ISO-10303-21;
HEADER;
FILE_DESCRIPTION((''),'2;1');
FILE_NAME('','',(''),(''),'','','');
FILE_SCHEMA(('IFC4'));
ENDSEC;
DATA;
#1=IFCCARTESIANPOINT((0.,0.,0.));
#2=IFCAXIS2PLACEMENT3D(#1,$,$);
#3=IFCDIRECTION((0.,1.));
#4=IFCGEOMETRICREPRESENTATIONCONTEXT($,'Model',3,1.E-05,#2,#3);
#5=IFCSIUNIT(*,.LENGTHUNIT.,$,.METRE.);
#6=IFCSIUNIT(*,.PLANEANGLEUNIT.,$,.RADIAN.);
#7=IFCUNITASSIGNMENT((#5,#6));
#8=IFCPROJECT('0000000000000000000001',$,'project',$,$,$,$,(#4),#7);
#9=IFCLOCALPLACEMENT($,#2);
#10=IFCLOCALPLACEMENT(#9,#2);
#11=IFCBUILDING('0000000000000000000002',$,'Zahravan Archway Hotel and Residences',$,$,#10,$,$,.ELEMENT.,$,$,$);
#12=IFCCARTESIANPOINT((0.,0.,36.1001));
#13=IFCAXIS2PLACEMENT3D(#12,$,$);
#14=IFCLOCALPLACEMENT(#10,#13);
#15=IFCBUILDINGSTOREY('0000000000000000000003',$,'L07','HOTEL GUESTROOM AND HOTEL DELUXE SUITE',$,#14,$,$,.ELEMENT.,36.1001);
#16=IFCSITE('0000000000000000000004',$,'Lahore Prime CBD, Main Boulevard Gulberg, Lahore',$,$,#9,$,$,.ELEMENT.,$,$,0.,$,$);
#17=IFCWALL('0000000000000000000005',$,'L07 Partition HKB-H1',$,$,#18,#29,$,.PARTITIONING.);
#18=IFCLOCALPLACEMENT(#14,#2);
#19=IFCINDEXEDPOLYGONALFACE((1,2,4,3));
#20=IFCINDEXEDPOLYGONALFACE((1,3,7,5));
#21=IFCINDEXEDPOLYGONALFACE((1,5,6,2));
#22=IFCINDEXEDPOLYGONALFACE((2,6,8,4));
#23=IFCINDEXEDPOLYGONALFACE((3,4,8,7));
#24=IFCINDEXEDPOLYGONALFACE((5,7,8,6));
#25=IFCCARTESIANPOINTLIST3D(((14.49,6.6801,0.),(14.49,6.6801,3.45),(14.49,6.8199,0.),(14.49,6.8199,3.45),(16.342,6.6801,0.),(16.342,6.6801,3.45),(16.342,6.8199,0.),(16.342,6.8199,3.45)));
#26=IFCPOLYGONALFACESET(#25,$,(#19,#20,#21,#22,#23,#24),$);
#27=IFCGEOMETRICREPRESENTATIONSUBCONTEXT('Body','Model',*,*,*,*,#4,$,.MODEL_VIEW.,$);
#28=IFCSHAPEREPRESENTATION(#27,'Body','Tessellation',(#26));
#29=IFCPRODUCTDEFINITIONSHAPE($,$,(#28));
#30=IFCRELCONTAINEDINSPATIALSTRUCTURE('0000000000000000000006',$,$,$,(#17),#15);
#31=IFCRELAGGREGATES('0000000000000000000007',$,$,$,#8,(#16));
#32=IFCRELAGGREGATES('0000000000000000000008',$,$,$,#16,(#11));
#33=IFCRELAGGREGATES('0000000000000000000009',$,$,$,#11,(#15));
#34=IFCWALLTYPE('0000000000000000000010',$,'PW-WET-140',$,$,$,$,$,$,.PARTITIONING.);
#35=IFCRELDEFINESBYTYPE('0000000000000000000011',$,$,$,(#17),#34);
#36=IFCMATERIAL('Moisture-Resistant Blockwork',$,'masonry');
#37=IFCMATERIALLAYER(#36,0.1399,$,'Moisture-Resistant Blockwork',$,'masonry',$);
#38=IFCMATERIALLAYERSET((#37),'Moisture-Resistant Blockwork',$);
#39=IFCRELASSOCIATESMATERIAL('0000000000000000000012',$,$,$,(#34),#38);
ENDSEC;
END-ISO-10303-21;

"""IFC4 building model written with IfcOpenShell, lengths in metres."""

from ifc_helpers import new_model, si_unit, direction, frame, frame_2d, origin, place, context, subcontext, project, spatial, rectangle, extrude, material, layer, layer_set, type_object, element, save


model = new_model("IFC4")

# Units and contexts
model_context = context("Model", 3, precision=1e-05, world=origin(), true_north=direction((0.0, 1.0)))
body_context = subcontext(model_context, "Body", "Model", "MODEL_VIEW")
ifc_project = project(units=[si_unit("LENGTHUNIT", "METRE"), si_unit("PLANEANGLEUNIT", "RADIAN")], contexts=[model_context])

# Site, building, storey
site_placement = place(None, origin())
site = spatial("IfcSite", under=ifc_project, at=site_placement, Name="Lahore Prime CBD, Main Boulevard Gulberg, Lahore", CompositionType="ELEMENT", RefElevation=0.0)
building_placement = place(site_placement, origin())
building = spatial("IfcBuilding", under=site, at=building_placement, Name="Zahravan Archway Hotel and Residences", CompositionType="ELEMENT")
storey_placement = place(building_placement, frame((0.0, 0.0, 36.1001)))
storey = spatial("IfcBuildingStorey", under=building, at=storey_placement, Name="L07", Description="HOTEL GUESTROOM AND HOTEL DELUXE SUITE", CompositionType="ELEMENT", Elevation=36.1001)

# Shared definitions
ifc_material_1 = material(Name="Moisture-Resistant Blockwork", Category="masonry")
ifc_layer_1 = layer(ifc_material_1, 0.1399, Name="Moisture-Resistant Blockwork", Category="masonry")
ifc_layer_set_1 = layer_set([ifc_layer_1], Name="Moisture-Resistant Blockwork")
wall_type_1 = type_object("IfcWallType", Name="PW-WET-140", PredefinedType="PARTITIONING", material=ifc_layer_set_1)

# Wall
wall_1_placement = place(storey_placement, frame((14.49, 6.75, 0.0), z_axis=(0.0, 0.0, 1.0), x_axis=(1.0, 0.0, 0.0)))
element("IfcWall", 1, at=wall_1_placement, inside=storey, type_object=wall_type_1, Name="L07 Partition HKB-H1", PredefinedType="PARTITIONING", context=body_context, shape_type="SweptSolid", body=[
    extrude(rectangle(XDim=1.8521, YDim=0.1399, at=frame_2d((0.926, 0.0))), origin(), (0.0, 0.0, 1.0), 3.45),
])

save(model, "model.ifc")
